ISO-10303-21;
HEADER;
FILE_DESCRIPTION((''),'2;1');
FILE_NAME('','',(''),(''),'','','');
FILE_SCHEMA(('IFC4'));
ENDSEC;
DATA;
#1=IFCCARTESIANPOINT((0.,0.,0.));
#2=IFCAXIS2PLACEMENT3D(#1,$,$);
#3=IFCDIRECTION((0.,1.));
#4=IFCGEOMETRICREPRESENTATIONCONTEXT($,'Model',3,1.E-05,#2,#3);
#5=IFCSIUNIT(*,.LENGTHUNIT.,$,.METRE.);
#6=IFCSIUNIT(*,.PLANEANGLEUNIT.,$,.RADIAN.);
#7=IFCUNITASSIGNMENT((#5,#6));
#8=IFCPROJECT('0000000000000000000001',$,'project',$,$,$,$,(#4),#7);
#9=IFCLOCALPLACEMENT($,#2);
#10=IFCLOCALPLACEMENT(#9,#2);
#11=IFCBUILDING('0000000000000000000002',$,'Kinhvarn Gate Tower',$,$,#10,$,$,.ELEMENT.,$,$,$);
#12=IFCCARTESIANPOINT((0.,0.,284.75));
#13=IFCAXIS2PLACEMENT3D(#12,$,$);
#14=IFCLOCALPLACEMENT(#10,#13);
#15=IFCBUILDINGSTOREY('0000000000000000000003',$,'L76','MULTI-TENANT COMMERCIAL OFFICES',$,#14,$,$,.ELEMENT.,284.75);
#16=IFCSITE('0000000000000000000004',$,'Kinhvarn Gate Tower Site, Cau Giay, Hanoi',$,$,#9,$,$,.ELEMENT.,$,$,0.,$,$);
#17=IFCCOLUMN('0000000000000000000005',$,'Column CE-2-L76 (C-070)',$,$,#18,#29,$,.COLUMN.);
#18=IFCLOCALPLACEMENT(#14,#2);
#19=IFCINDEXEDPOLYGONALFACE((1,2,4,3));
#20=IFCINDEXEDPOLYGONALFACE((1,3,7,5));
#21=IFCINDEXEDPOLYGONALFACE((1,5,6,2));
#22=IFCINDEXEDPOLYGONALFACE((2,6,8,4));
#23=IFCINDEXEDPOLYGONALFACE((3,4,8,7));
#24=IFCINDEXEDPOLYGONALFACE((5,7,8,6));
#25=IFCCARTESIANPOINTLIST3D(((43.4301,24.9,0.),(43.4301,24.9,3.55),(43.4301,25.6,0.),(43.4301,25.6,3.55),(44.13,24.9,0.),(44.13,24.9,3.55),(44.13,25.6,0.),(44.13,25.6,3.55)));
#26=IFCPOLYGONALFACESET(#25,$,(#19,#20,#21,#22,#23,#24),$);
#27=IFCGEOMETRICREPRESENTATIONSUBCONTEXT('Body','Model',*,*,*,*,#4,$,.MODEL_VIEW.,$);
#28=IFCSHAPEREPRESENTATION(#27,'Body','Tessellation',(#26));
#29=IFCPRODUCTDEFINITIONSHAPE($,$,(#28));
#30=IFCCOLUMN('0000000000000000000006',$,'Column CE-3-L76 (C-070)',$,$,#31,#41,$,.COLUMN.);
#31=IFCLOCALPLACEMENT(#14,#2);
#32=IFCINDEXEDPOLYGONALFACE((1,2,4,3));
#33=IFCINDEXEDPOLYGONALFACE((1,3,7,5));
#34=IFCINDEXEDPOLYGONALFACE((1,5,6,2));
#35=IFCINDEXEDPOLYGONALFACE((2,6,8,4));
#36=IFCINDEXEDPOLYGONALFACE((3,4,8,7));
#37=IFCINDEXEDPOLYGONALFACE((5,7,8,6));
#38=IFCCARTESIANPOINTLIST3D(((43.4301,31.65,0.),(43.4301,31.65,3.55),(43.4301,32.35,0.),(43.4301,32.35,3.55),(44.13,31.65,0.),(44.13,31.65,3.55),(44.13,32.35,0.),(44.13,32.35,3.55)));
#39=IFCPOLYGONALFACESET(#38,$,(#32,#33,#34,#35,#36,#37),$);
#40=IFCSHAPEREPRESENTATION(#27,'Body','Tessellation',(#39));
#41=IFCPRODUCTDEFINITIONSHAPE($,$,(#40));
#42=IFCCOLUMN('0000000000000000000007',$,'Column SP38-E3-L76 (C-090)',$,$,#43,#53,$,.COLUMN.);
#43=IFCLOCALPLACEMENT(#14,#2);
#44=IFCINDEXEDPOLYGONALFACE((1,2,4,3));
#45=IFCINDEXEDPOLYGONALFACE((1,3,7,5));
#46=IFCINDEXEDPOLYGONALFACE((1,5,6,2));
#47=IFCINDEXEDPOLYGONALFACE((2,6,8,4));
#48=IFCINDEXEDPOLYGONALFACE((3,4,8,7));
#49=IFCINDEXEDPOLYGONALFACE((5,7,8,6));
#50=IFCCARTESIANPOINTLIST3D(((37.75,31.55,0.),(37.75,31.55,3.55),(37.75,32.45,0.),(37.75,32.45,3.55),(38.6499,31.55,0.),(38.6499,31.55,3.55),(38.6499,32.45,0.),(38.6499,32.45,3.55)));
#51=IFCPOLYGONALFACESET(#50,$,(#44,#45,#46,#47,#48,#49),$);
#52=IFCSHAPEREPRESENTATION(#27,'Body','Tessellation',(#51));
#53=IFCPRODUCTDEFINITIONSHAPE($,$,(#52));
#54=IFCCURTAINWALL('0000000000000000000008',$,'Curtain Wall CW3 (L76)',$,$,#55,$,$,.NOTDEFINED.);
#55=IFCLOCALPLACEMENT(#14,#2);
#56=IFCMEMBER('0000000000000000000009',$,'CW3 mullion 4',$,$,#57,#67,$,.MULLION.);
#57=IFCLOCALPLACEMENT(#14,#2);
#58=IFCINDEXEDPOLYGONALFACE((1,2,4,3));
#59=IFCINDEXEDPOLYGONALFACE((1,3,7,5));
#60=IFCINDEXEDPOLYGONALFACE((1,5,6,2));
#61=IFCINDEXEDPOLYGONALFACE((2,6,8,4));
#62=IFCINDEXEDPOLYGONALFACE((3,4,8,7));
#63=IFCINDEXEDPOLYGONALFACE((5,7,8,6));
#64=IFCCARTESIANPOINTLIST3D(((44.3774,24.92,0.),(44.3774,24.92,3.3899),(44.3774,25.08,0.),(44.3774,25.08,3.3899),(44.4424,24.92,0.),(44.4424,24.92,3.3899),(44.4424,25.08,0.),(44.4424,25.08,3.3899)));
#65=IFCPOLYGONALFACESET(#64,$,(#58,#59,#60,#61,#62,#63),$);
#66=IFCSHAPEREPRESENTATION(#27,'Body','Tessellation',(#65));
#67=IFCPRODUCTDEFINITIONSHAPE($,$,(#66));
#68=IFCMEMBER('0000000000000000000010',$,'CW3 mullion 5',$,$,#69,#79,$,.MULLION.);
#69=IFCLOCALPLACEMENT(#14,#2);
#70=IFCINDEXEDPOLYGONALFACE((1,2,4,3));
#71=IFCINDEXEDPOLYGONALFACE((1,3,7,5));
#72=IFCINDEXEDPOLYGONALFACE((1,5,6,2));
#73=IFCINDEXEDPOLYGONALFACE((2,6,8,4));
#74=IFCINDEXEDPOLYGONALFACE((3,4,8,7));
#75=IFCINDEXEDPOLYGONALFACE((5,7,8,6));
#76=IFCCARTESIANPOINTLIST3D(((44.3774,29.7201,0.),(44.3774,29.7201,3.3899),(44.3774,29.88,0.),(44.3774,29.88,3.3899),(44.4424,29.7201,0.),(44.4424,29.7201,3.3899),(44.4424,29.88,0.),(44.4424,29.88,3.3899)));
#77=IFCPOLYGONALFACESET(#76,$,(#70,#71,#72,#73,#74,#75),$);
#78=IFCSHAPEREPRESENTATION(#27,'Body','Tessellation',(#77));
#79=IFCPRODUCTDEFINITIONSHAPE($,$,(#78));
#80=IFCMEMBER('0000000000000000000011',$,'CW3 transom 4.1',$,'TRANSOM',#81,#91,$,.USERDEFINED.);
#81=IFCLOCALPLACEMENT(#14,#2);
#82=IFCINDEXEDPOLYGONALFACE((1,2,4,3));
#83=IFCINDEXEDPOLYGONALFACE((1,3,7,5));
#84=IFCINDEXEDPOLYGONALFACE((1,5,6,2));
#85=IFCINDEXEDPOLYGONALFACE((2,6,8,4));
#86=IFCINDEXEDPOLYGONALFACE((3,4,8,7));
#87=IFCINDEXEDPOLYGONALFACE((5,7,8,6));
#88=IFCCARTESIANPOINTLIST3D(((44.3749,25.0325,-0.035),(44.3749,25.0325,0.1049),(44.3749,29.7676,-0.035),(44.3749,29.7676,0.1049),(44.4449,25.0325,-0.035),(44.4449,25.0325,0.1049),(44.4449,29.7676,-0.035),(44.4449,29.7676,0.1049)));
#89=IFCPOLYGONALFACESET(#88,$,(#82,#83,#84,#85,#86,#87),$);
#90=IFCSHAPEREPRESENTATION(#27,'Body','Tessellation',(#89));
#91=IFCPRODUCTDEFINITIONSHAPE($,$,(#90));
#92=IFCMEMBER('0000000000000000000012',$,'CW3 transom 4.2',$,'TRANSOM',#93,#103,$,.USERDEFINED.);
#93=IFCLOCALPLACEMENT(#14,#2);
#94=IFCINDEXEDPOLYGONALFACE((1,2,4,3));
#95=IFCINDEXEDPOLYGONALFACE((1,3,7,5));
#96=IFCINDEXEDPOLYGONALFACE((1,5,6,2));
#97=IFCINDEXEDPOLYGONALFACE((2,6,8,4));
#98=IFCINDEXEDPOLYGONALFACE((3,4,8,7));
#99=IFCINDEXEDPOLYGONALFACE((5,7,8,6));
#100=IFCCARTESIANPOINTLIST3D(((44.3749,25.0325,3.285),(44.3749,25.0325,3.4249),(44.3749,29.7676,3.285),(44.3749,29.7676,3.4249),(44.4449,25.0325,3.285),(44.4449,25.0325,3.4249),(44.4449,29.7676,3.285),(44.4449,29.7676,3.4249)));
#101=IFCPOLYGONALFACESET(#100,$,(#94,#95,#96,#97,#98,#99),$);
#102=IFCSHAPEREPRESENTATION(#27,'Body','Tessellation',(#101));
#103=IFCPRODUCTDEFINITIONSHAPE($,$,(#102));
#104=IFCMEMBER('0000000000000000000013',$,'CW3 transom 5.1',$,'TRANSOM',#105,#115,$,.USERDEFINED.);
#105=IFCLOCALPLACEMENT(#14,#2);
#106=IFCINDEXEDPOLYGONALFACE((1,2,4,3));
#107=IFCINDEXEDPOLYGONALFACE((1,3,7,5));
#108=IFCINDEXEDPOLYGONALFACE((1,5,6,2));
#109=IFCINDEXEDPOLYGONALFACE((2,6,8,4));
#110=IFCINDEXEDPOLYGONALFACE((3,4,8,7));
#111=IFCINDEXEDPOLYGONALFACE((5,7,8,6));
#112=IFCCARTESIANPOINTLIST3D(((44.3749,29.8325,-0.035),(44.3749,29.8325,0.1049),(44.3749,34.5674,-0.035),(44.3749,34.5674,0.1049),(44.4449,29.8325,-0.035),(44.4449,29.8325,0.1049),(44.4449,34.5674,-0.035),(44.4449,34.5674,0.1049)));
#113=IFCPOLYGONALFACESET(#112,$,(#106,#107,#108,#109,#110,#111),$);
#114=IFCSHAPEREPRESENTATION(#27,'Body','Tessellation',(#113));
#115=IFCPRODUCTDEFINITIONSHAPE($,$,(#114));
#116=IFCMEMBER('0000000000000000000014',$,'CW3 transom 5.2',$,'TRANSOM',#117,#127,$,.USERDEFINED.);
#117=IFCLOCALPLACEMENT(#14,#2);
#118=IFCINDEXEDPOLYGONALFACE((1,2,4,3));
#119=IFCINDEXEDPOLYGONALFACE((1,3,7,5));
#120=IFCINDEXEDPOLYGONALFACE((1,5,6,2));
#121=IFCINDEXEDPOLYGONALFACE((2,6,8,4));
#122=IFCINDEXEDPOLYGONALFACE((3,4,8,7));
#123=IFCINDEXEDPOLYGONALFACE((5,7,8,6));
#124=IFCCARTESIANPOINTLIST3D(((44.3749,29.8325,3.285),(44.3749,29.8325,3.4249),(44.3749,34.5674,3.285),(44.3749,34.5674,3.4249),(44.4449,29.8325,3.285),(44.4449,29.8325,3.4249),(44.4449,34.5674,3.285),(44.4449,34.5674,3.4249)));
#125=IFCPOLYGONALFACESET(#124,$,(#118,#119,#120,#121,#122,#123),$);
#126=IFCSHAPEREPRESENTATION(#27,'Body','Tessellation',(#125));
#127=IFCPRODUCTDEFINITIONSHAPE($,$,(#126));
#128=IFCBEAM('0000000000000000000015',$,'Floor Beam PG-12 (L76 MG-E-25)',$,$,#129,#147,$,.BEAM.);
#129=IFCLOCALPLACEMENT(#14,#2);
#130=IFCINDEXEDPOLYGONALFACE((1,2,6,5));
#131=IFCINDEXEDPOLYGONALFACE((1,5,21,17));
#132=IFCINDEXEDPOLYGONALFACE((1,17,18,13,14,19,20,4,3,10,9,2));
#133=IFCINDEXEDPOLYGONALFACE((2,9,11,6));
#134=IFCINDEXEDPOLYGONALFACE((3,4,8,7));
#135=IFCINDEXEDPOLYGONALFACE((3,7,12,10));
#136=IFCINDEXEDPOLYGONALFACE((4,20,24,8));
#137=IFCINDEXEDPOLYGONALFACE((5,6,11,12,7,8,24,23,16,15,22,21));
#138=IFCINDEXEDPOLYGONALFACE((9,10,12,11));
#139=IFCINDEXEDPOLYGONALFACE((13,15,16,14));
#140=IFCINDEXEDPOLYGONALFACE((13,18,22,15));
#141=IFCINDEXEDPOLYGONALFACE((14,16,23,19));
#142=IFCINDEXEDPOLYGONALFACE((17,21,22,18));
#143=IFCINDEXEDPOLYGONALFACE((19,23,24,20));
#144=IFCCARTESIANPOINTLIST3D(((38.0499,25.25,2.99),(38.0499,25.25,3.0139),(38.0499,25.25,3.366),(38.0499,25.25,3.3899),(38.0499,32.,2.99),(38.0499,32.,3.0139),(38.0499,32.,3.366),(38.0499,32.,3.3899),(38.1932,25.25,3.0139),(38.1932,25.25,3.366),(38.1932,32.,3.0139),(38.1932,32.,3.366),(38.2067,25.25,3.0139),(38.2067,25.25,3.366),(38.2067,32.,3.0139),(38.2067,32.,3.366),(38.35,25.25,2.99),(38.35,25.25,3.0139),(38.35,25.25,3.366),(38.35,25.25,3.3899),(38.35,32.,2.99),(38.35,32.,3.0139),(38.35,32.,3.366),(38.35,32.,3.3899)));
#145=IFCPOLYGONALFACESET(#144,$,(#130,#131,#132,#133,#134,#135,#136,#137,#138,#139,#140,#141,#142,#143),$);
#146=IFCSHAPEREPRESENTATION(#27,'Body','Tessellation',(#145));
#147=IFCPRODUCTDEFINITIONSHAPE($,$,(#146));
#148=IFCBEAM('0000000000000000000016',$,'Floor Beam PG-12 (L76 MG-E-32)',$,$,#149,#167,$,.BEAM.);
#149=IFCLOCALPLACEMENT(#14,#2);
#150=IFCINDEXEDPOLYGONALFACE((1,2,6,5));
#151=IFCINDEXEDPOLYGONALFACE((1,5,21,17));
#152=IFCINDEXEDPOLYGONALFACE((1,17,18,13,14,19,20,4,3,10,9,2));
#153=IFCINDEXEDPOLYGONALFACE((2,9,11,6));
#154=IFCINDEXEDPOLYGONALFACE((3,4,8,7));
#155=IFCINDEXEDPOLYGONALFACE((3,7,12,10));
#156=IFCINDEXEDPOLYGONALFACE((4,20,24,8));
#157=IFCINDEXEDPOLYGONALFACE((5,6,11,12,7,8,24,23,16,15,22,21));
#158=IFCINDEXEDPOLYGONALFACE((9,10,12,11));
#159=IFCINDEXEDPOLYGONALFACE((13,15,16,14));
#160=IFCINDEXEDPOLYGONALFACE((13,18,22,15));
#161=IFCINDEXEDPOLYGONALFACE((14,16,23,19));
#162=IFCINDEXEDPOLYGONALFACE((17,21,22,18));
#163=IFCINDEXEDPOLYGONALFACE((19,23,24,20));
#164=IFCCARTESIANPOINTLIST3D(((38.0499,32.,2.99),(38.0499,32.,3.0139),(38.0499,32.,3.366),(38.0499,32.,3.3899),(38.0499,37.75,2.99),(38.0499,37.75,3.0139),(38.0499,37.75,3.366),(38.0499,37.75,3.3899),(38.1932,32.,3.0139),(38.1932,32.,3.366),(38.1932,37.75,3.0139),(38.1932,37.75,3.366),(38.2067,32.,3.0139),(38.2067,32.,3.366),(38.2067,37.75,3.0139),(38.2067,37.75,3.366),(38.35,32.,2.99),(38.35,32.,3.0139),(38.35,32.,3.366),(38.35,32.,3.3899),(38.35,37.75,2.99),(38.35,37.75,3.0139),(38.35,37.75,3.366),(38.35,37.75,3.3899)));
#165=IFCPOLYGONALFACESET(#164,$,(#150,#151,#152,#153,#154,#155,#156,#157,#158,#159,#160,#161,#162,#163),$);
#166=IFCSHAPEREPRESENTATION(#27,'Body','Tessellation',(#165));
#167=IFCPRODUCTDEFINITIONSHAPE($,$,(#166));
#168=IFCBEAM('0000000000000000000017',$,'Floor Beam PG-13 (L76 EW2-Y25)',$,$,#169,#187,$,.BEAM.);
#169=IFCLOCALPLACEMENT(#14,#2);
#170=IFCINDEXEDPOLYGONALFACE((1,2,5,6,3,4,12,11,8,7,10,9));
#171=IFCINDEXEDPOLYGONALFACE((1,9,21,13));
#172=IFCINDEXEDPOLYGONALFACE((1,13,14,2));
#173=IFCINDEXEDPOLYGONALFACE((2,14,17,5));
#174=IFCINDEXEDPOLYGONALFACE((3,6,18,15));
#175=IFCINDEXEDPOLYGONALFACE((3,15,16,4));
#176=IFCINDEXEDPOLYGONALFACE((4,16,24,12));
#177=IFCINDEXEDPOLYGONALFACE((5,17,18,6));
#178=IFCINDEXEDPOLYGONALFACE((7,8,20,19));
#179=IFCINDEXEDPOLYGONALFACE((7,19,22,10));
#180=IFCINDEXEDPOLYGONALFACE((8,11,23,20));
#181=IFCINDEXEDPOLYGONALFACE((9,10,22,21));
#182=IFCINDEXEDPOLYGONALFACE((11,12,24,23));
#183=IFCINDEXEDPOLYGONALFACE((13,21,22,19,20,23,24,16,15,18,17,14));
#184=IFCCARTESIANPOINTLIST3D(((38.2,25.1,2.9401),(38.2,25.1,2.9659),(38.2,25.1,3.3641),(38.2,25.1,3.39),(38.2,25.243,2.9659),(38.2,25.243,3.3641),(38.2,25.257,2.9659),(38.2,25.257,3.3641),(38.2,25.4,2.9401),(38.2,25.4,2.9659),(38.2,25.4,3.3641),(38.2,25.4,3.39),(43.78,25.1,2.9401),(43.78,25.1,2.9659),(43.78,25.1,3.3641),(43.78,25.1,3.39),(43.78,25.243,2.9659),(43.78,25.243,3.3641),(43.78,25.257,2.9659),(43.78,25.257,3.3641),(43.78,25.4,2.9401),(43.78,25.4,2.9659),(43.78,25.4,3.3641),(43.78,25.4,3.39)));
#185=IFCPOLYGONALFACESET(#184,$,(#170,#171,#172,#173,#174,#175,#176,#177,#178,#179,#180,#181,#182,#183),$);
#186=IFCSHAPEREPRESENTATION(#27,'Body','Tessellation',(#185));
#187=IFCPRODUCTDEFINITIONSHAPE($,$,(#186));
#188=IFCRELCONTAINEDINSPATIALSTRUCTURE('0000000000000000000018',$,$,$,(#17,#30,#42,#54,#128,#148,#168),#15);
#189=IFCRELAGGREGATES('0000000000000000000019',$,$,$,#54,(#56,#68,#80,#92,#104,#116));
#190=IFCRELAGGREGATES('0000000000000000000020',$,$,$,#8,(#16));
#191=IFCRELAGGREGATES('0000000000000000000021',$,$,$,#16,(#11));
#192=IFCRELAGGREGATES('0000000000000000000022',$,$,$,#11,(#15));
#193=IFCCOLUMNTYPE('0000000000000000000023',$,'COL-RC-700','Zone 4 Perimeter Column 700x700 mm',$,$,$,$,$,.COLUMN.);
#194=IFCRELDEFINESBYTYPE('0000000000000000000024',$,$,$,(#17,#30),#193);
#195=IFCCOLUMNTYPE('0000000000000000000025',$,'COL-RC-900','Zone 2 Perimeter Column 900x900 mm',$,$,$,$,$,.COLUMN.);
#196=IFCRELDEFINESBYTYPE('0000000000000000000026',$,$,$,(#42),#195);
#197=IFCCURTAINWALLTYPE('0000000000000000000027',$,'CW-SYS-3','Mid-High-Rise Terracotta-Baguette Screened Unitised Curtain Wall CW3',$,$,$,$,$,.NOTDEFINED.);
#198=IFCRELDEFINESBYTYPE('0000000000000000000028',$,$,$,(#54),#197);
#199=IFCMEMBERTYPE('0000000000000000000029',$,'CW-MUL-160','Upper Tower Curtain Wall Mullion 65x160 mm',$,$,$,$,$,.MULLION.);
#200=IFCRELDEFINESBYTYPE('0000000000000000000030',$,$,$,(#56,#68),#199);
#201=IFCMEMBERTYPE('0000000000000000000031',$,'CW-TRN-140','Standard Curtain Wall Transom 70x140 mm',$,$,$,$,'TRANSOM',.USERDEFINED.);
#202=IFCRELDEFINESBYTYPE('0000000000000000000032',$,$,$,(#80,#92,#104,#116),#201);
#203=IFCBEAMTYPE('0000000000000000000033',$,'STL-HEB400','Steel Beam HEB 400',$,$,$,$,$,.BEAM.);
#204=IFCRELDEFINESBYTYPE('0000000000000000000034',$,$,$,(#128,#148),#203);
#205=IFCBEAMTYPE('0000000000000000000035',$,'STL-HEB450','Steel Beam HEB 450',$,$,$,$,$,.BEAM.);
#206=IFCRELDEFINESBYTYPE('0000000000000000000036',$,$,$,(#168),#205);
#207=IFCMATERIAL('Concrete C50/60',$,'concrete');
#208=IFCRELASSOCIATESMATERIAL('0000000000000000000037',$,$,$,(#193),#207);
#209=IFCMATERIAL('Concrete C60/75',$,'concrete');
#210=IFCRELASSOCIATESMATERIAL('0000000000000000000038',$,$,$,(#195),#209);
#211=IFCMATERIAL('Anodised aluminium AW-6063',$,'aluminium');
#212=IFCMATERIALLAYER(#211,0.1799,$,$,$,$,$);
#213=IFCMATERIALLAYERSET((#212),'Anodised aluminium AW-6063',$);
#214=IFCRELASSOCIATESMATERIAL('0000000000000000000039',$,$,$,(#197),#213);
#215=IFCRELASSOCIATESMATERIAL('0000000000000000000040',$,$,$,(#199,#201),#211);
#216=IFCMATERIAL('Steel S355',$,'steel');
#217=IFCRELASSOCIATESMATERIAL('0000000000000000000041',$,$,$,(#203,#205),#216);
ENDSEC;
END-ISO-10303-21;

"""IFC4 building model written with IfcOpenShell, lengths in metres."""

from ifc_helpers import new_model, si_unit, direction, frame, origin, origin_2d, place, context, subcontext, project, spatial, rectangle, i_section, extrude, material, layer, layer_set, material_profile, profile_set, type_object, element, aggregate, save


model = new_model("IFC4")

# Units and contexts
model_context = context("Model", 3, precision=1e-05, world=origin(), true_north=direction((0.0, 1.0)))
body_context = subcontext(model_context, "Body", "Model", "MODEL_VIEW")
ifc_project = project(units=[si_unit("LENGTHUNIT", "METRE"), si_unit("PLANEANGLEUNIT", "RADIAN")], contexts=[model_context])

# Site, building, storey
site_placement = place(None, origin())
site = spatial("IfcSite", under=ifc_project, at=site_placement, Name="Kinhvarn Gate Tower Site, Cau Giay, Hanoi", CompositionType="ELEMENT", RefElevation=0.0)
building_placement = place(site_placement, origin())
building = spatial("IfcBuilding", under=site, at=building_placement, Name="Kinhvarn Gate Tower", CompositionType="ELEMENT")
storey_placement = place(building_placement, frame((0.0, 0.0, 284.75)))
storey = spatial("IfcBuildingStorey", under=building, at=storey_placement, Name="L76", Description="MULTI-TENANT COMMERCIAL OFFICES", CompositionType="ELEMENT", Elevation=284.75)

# Columns
ifc_material_1 = material(Name="Concrete C50/60", Category="concrete")
ifc_material_profile_1 = material_profile(ifc_material_1, rectangle(XDim=0.7, YDim=0.7, at=origin_2d()), Name="RC 700x700")
ifc_profile_set_1 = profile_set([ifc_material_profile_1], Name="Concrete C50/60")
column_type_1 = type_object("IfcColumnType", Name="COL-RC-700", Description="Zone 4 Perimeter Column 700x700 mm", PredefinedType="COLUMN", material=ifc_profile_set_1)
for number, where, z_axis, x_axis, name in (
    (1, (43.78, 25.25, 0.0), (0.0, 0.0, 1.0), (1.0, 0.0, 0.0), "Column CE-2-L76 (C-070)"),
    (2, (43.78, 32.0, 0.0), (0.0, 0.0, 1.0), (1.0, 0.0, 0.0), "Column CE-3-L76 (C-070)"),
):
    element("IfcColumn", number, at=place(storey_placement, frame(where, z_axis=z_axis, x_axis=x_axis)), inside=storey, type_object=column_type_1, Name=name, PredefinedType="COLUMN", context=body_context, shape_type="SweptSolid", body=[
        extrude(rectangle(XDim=0.7, YDim=0.7, at=origin_2d()), origin(), (0.0, 0.0, 1.0), 3.55),
    ])
ifc_material_2 = material(Name="Concrete C60/75", Category="concrete")
ifc_material_profile_2 = material_profile(ifc_material_2, rectangle(XDim=0.8999, YDim=0.8999, at=origin_2d()), Name="RC 900x900")
ifc_profile_set_2 = profile_set([ifc_material_profile_2], Name="Concrete C60/75")
column_type_2 = type_object("IfcColumnType", Name="COL-RC-900", Description="Zone 2 Perimeter Column 900x900 mm", PredefinedType="COLUMN", material=ifc_profile_set_2)
column_placement = place(storey_placement, frame((38.2, 32.0, 0.0), z_axis=(0.0, 0.0, 1.0), x_axis=(1.0, 0.0, 0.0)))
element("IfcColumn", 3, at=column_placement, inside=storey, type_object=column_type_2, Name="Column SP38-E3-L76 (C-090)", PredefinedType="COLUMN", context=body_context, shape_type="SweptSolid", body=[
    extrude(rectangle(XDim=0.8999, YDim=0.8999, at=origin_2d()), origin(), (0.0, 0.0, 1.0), 3.55),
])

# Curtain wall, members
ifc_material_3 = material(Name="Anodised aluminium AW-6063", Category="aluminium")
ifc_layer_1 = layer(ifc_material_3, 0.1799)
ifc_layer_set_1 = layer_set([ifc_layer_1], Name="Anodised aluminium AW-6063")
curtain_wall_type = type_object("IfcCurtainWallType", Name="CW-SYS-3", Description="Mid-High-Rise Terracotta-Baguette Screened Unitised Curtain Wall CW3", PredefinedType="NOTDEFINED", material=ifc_layer_set_1)
curtain_wall_placement = place(storey_placement, origin())
curtain_wall = element("IfcCurtainWall", 4, at=curtain_wall_placement, inside=storey, type_object=curtain_wall_type, Name="Curtain Wall CW3 (L76)", PredefinedType="NOTDEFINED")
ifc_material_profile_3 = material_profile(ifc_material_3, rectangle(XDim=0.0649, YDim=0.1599, at=origin_2d()), Name="ALU 65x160")
ifc_profile_set_3 = profile_set([ifc_material_profile_3], Name="Anodised aluminium AW-6063")
member_type_1 = type_object("IfcMemberType", Name="CW-MUL-160", Description="Upper Tower Curtain Wall Mullion 65x160 mm", PredefinedType="MULLION", material=ifc_profile_set_3)
member_1_placement = place(storey_placement, frame((44.4099, 25.0, 0.0), z_axis=(0.0, 0.0, 1.0), x_axis=(-1.0, 0.0, 0.0)))
member_1 = element("IfcMember", 5, at=member_1_placement, type_object=member_type_1, Name="CW3 mullion 4", PredefinedType="MULLION", context=body_context, shape_type="SweptSolid", body=[
    extrude(rectangle(XDim=0.0649, YDim=0.1599, at=origin_2d()), origin(), (0.0, 0.0, 1.0), 3.3899),
])
member_2_placement = place(storey_placement, frame((44.4099, 29.8, 0.0), z_axis=(0.0, 0.0, 1.0), x_axis=(-1.0, 0.0, 0.0)))
member_2 = element("IfcMember", 6, at=member_2_placement, type_object=member_type_1, Name="CW3 mullion 5", PredefinedType="MULLION", context=body_context, shape_type="SweptSolid", body=[
    extrude(rectangle(XDim=0.0649, YDim=0.1599, at=origin_2d()), origin(), (0.0, 0.0, 1.0), 3.3899),
])
ifc_material_profile_4 = material_profile(ifc_material_3, rectangle(XDim=0.0701, YDim=0.1399, at=origin_2d()), Name="ALU 70x140")
ifc_profile_set_4 = profile_set([ifc_material_profile_4], Name="Anodised aluminium AW-6063")
member_type_2 = type_object("IfcMemberType", Name="CW-TRN-140", Description="Standard Curtain Wall Transom 70x140 mm", ElementType="TRANSOM", PredefinedType="USERDEFINED", material=ifc_profile_set_4)
member_3_placement = place(storey_placement, frame((44.4099, 25.0325, 0.0349), z_axis=(0.0, 1.0, 0.0), x_axis=(-1.0, 0.0, 0.0)))
member_3 = element("IfcMember", 7, at=member_3_placement, type_object=member_type_2, Name="CW3 transom 4.1", ObjectType="TRANSOM", PredefinedType="USERDEFINED", context=body_context, shape_type="SweptSolid", body=[
    extrude(rectangle(XDim=0.0701, YDim=0.1399, at=origin_2d()), origin(), (0.0, 0.0, 1.0), 4.7351),
])
member_4_placement = place(storey_placement, frame((44.4099, 25.0325, 3.355), z_axis=(0.0, 1.0, 0.0), x_axis=(-1.0, 0.0, 0.0)))
member_4 = element("IfcMember", 8, at=member_4_placement, type_object=member_type_2, Name="CW3 transom 4.2", ObjectType="TRANSOM", PredefinedType="USERDEFINED", context=body_context, shape_type="SweptSolid", body=[
    extrude(rectangle(XDim=0.0701, YDim=0.1399, at=origin_2d()), origin(), (0.0, 0.0, 1.0), 4.7351),
])
member_5_placement = place(storey_placement, frame((44.4099, 29.8325, 0.0349), z_axis=(0.0, 1.0, 0.0), x_axis=(-1.0, 0.0, 0.0)))
member_5 = element("IfcMember", 9, at=member_5_placement, type_object=member_type_2, Name="CW3 transom 5.1", ObjectType="TRANSOM", PredefinedType="USERDEFINED", context=body_context, shape_type="SweptSolid", body=[
    extrude(rectangle(XDim=0.0701, YDim=0.1399, at=origin_2d()), origin(), (0.0, 0.0, 1.0), 4.7349),
])
member_6_placement = place(storey_placement, frame((44.4099, 29.8325, 3.355), z_axis=(0.0, 1.0, 0.0), x_axis=(-1.0, 0.0, 0.0)))
member_6 = element("IfcMember", 10, at=member_6_placement, type_object=member_type_2, Name="CW3 transom 5.2", ObjectType="TRANSOM", PredefinedType="USERDEFINED", context=body_context, shape_type="SweptSolid", body=[
    extrude(rectangle(XDim=0.0701, YDim=0.1399, at=origin_2d()), origin(), (0.0, 0.0, 1.0), 4.7349),
])

# Beams
ifc_material_4 = material(Name="Steel S355", Category="steel")
ifc_material_profile_5 = material_profile(ifc_material_4, i_section(OverallWidth=0.3, OverallDepth=0.3999, WebThickness=0.0134, FlangeThickness=0.0239, at=origin_2d()), Name="HEB 400")
ifc_profile_set_5 = profile_set([ifc_material_profile_5], Name="Steel S355")
beam_type_1 = type_object("IfcBeamType", Name="STL-HEB400", Description="Steel Beam HEB 400", PredefinedType="BEAM", material=ifc_profile_set_5)
beam_1_placement = place(storey_placement, frame((38.2, 25.25, 3.1899), z_axis=(0.0, 1.0, 0.0), x_axis=(-1.0, 0.0, 0.0)))
element("IfcBeam", 11, at=beam_1_placement, inside=storey, type_object=beam_type_1, Name="Floor Beam PG-12 (L76 MG-E-25)", PredefinedType="BEAM", context=body_context, shape_type="SweptSolid", body=[
    extrude(i_section(OverallWidth=0.3, OverallDepth=0.3999, WebThickness=0.0134, FlangeThickness=0.0239, at=origin_2d()), origin(), (0.0, 0.0, 1.0), 6.75),
])
beam_2_placement = place(storey_placement, frame((38.2, 32.0, 3.1899), z_axis=(0.0, 1.0, 0.0), x_axis=(-1.0, 0.0, 0.0)))
element("IfcBeam", 12, at=beam_2_placement, inside=storey, type_object=beam_type_1, Name="Floor Beam PG-12 (L76 MG-E-32)", PredefinedType="BEAM", context=body_context, shape_type="SweptSolid", body=[
    extrude(i_section(OverallWidth=0.3, OverallDepth=0.3999, WebThickness=0.0134, FlangeThickness=0.0239, at=origin_2d()), origin(), (0.0, 0.0, 1.0), 5.75),
])
ifc_material_profile_6 = material_profile(ifc_material_4, i_section(OverallWidth=0.3, OverallDepth=0.45, WebThickness=0.0139, FlangeThickness=0.0259, at=origin_2d()), Name="HEB 450")
ifc_profile_set_6 = profile_set([ifc_material_profile_6], Name="Steel S355")
beam_type_2 = type_object("IfcBeamType", Name="STL-HEB450", Description="Steel Beam HEB 450", PredefinedType="BEAM", material=ifc_profile_set_6)
for number, where, z_axis, x_axis, name in (
    (13, (38.2, 25.25, 3.165), (1.0, 0.0, 0.0), (0.0, 1.0, 0.0), "Floor Beam PG-13 (L76 EW2-Y25)"),
):
    element("IfcBeam", number, at=place(storey_placement, frame(where, z_axis=z_axis, x_axis=x_axis)), inside=storey, type_object=beam_type_2, Name=name, PredefinedType="BEAM", context=body_context, shape_type="SweptSolid", body=[
        extrude(i_section(OverallWidth=0.3, OverallDepth=0.45, WebThickness=0.0139, FlangeThickness=0.0259, at=origin_2d()), origin(), (0.0, 0.0, 1.0), 5.5801),
    ])

aggregate(curtain_wall, [member_1, member_2, member_3, member_4, member_5, member_6])

save(model, "model.ifc")
